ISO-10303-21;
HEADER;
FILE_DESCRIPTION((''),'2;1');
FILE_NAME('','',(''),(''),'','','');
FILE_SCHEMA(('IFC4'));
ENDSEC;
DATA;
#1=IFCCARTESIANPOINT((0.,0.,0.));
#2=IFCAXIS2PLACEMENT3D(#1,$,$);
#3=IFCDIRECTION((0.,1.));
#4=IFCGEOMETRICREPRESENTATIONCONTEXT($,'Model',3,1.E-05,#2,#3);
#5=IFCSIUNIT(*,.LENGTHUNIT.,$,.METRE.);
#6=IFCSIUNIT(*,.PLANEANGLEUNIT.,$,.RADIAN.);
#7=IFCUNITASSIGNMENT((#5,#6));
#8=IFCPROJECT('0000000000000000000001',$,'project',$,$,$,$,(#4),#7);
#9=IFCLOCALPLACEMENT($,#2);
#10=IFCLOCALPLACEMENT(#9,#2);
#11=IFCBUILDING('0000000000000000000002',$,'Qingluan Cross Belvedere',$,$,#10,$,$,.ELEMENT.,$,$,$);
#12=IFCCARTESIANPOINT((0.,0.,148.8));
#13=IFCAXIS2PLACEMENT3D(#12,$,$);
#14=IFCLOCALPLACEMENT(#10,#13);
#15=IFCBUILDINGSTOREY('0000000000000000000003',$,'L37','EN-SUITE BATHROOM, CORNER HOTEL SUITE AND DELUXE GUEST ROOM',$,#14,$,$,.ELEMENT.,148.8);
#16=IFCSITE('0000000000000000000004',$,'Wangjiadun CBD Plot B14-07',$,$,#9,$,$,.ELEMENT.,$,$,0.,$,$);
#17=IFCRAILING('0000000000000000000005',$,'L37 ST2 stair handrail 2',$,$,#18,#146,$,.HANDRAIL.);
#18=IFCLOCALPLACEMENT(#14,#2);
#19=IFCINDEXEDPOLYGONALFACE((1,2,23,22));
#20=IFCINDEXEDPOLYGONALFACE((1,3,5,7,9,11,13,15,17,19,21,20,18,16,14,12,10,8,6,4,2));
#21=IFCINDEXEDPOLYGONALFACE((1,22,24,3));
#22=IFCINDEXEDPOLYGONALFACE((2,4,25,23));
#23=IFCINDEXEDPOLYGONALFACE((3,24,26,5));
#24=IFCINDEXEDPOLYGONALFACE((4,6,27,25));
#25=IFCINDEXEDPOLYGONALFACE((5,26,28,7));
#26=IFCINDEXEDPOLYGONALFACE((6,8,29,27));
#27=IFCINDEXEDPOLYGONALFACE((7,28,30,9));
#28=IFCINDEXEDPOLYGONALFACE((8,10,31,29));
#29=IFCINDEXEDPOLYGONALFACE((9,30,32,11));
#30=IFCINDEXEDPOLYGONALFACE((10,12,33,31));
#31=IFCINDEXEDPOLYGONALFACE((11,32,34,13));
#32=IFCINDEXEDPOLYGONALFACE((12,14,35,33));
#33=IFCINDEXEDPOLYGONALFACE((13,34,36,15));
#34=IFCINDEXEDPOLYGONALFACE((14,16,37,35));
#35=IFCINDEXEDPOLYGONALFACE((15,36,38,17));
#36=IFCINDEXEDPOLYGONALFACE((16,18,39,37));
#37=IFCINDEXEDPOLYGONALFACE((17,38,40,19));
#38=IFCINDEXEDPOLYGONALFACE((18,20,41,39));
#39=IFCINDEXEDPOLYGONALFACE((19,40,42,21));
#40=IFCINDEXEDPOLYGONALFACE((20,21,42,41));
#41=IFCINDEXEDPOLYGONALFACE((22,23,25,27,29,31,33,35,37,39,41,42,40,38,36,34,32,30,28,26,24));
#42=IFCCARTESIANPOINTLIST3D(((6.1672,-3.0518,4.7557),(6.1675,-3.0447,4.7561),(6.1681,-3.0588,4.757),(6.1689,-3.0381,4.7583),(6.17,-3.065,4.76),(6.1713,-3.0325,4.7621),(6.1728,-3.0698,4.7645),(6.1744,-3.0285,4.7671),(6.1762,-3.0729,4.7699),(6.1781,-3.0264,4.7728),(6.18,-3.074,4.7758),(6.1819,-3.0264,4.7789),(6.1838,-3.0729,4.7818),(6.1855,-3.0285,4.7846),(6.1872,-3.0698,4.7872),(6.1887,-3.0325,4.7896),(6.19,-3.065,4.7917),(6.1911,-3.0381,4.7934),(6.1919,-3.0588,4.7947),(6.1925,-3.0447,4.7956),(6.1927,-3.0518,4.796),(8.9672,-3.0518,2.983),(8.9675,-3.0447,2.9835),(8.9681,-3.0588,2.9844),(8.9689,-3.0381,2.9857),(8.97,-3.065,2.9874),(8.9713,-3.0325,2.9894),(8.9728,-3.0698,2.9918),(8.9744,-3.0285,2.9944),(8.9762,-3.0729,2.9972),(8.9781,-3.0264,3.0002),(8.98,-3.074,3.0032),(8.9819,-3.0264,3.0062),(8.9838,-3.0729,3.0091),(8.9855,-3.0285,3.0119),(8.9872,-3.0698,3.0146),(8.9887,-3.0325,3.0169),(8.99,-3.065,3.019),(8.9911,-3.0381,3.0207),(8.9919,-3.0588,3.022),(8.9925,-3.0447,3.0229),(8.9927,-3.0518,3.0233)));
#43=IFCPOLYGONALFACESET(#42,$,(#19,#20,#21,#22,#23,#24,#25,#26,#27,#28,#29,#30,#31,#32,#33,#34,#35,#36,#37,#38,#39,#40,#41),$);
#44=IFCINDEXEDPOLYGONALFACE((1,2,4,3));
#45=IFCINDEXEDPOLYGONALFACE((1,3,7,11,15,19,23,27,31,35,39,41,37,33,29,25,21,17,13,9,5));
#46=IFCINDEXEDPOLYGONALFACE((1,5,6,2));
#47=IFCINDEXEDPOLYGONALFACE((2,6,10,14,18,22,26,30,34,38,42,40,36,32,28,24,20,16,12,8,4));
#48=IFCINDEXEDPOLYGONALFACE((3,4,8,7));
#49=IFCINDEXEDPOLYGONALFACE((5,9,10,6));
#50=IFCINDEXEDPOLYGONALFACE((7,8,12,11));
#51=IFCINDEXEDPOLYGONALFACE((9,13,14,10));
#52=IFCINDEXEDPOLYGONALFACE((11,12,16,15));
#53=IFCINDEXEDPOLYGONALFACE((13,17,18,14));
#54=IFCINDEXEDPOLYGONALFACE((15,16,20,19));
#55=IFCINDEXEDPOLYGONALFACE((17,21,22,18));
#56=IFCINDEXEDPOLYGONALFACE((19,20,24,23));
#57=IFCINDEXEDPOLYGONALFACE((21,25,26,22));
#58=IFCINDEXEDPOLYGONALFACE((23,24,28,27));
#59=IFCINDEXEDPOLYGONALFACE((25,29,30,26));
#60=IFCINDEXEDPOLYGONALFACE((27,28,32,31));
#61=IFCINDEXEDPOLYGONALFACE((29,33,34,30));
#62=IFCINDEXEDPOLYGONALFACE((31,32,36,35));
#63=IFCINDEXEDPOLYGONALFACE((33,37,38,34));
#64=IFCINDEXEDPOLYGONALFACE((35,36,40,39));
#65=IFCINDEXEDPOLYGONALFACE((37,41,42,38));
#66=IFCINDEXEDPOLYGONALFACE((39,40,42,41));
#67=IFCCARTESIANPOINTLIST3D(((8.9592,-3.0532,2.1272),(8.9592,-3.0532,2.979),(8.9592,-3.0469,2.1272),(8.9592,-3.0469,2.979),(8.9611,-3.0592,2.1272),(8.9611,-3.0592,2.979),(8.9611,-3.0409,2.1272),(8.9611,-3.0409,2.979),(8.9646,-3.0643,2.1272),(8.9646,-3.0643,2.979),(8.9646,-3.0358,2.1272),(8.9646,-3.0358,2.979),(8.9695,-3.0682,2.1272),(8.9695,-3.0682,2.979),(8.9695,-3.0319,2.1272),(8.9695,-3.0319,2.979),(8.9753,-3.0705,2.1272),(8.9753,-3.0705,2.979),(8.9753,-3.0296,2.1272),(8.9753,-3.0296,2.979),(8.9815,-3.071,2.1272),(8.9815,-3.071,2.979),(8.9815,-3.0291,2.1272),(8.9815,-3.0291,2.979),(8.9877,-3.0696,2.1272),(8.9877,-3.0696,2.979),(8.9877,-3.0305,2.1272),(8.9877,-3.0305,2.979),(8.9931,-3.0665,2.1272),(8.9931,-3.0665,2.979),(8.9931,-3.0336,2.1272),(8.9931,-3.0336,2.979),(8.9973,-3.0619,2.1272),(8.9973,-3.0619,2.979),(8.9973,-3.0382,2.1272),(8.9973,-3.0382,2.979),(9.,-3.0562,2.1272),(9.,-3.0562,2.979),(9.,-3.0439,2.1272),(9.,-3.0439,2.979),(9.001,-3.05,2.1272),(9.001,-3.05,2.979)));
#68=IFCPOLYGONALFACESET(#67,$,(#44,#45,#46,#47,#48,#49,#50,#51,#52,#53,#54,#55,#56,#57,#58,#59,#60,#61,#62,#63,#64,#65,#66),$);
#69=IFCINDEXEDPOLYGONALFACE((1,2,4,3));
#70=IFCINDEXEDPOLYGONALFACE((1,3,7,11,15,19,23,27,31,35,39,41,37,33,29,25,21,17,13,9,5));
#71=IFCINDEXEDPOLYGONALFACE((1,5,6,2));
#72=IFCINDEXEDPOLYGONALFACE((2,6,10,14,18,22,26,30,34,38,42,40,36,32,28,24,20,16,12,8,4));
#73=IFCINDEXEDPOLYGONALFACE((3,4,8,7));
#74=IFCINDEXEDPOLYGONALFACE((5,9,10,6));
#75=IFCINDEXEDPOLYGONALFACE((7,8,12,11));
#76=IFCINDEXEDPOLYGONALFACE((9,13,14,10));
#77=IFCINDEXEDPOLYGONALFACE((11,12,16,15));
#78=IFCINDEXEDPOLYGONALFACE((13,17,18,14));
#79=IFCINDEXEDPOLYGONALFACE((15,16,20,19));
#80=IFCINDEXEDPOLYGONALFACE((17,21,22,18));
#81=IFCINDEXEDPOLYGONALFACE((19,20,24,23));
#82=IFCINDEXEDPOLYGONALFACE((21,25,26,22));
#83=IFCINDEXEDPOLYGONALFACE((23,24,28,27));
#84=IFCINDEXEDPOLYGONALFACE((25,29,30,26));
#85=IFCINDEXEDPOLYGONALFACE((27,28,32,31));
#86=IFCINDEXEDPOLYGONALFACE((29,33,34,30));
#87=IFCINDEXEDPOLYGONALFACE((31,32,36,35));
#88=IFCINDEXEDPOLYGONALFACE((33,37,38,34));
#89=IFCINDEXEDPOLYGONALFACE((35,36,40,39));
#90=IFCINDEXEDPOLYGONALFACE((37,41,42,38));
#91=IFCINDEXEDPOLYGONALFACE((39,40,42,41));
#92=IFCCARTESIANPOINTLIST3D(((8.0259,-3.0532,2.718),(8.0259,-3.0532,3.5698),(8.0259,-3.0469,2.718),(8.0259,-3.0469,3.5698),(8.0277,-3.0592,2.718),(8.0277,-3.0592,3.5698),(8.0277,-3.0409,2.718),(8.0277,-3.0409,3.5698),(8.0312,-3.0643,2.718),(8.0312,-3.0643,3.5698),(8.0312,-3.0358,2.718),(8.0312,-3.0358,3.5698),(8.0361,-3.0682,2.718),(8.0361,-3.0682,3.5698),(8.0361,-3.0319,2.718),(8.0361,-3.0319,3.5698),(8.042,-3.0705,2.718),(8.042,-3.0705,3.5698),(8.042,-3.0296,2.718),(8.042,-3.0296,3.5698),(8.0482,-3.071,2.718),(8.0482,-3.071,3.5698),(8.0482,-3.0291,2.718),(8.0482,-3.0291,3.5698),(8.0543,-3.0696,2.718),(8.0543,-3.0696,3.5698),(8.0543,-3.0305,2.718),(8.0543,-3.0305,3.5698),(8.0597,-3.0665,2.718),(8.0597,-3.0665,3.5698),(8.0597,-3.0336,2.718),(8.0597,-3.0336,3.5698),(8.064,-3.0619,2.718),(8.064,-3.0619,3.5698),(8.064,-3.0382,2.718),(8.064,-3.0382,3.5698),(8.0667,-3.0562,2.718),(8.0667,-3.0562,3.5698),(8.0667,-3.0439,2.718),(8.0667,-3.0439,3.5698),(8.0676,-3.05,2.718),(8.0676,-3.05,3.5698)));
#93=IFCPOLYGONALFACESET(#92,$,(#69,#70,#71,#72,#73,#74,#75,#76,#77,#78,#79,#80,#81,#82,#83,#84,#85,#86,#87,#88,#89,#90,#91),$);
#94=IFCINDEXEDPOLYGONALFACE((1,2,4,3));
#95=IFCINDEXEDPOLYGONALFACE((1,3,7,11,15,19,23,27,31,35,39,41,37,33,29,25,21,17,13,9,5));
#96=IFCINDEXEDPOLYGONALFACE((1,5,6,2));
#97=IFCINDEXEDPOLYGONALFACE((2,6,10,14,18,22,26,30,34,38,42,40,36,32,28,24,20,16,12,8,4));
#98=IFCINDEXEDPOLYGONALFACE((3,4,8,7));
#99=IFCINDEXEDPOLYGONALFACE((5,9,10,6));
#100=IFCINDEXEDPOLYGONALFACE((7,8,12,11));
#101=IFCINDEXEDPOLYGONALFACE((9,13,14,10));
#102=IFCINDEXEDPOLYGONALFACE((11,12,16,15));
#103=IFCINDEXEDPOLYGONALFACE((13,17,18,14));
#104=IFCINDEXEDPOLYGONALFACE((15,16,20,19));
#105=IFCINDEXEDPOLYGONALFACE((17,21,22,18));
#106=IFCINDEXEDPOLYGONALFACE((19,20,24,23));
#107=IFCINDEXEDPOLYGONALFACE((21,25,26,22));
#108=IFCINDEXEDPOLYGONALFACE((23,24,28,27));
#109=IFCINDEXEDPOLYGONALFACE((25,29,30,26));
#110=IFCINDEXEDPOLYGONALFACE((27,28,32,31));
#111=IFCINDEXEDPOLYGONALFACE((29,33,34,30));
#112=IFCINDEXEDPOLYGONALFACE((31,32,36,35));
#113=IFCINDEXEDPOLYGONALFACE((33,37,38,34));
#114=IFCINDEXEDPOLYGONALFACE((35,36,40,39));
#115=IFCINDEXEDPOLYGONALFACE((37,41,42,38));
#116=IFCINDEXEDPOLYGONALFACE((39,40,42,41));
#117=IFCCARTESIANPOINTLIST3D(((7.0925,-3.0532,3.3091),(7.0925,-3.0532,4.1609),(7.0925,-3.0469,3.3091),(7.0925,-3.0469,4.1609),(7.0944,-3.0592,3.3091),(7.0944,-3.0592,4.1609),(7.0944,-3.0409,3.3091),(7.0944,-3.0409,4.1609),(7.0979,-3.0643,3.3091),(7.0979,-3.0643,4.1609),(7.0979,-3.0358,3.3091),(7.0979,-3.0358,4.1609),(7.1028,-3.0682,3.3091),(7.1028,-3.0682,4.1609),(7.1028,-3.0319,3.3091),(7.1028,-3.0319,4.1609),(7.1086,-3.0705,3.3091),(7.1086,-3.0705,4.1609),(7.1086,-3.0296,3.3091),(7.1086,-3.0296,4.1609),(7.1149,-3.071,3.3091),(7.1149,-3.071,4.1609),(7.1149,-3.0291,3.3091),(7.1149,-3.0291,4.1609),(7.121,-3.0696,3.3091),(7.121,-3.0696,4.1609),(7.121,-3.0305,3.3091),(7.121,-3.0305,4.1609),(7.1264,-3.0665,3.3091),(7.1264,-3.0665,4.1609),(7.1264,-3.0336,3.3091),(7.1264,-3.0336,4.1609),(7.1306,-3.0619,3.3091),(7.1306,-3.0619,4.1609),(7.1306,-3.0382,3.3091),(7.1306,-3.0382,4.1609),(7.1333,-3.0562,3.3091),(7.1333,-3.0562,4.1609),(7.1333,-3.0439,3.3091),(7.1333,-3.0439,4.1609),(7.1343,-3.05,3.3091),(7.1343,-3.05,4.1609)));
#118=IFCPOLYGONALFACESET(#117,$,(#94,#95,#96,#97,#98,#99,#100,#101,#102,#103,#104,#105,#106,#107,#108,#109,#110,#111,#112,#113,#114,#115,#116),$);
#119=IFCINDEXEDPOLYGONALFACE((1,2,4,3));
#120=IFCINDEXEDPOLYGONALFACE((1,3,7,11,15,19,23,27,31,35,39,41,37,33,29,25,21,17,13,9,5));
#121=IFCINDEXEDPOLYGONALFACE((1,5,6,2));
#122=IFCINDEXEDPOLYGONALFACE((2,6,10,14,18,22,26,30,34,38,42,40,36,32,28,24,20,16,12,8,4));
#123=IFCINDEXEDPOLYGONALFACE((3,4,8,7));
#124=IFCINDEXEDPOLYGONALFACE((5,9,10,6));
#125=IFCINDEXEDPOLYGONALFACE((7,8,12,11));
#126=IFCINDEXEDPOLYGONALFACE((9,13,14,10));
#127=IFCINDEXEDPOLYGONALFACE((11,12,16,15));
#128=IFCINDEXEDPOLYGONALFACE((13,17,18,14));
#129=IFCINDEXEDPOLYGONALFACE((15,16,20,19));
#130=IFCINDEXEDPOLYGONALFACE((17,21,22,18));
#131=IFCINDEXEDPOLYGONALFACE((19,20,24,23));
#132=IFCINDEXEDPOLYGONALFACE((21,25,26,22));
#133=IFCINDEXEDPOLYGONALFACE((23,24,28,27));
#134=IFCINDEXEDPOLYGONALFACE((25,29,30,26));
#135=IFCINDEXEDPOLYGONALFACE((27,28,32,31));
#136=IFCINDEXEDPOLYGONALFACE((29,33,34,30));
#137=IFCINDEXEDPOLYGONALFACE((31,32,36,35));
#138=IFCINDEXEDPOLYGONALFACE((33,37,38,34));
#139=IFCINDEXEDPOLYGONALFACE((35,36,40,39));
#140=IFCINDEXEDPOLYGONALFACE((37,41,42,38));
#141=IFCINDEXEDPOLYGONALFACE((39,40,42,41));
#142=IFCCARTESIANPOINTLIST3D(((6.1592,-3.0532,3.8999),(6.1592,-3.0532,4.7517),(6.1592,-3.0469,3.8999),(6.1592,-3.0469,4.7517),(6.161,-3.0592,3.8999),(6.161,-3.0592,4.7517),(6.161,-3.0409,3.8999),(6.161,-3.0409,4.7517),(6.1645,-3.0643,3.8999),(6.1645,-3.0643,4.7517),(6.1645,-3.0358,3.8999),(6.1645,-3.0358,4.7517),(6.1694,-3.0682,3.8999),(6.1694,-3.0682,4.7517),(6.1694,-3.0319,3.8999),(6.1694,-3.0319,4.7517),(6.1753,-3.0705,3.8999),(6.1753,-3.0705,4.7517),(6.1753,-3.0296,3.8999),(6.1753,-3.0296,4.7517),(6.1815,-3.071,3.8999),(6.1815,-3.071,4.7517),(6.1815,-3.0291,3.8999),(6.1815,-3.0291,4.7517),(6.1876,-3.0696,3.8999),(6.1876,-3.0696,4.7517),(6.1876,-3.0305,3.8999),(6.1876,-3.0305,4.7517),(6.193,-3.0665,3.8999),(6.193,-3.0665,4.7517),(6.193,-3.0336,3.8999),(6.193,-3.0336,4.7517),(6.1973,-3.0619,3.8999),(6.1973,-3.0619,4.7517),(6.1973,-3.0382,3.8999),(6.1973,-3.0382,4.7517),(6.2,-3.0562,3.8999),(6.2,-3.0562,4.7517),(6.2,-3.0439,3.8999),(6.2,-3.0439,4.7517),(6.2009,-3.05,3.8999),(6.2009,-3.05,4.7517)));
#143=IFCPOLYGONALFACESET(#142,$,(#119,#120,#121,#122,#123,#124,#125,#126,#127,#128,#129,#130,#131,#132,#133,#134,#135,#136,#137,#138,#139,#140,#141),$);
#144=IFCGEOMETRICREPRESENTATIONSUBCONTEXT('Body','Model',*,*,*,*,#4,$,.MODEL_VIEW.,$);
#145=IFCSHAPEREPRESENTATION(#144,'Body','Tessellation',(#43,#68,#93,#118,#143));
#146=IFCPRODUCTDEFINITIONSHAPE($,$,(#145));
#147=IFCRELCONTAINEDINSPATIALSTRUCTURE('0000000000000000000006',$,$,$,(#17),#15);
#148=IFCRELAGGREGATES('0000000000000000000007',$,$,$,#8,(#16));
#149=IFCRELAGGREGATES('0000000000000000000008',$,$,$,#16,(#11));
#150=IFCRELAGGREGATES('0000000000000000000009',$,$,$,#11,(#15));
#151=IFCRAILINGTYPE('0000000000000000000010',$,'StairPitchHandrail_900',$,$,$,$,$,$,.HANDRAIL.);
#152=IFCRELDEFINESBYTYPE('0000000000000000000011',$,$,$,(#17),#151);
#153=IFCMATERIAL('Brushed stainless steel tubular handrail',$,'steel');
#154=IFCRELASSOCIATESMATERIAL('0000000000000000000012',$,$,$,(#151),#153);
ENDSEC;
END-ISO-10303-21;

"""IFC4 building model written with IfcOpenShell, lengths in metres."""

from ifc_helpers import new_model, si_unit, direction, frame, origin, origin_2d, place, context, subcontext, project, spatial, circle, extrude, material, type_object, element, save


model = new_model("IFC4")

# Units and contexts
model_context = context("Model", 3, precision=1e-05, world=origin(), true_north=direction((0.0, 1.0)))
body_context = subcontext(model_context, "Body", "Model", "MODEL_VIEW")
ifc_project = project(units=[si_unit("LENGTHUNIT", "METRE"), si_unit("PLANEANGLEUNIT", "RADIAN")], contexts=[model_context])

# Site, building, storey
site_placement = place(None, origin())
site = spatial("IfcSite", under=ifc_project, at=site_placement, Name="Wangjiadun CBD Plot B14-07", CompositionType="ELEMENT", RefElevation=0.0)
building_placement = place(site_placement, origin())
building = spatial("IfcBuilding", under=site, at=building_placement, Name="Qingluan Cross Belvedere", CompositionType="ELEMENT")
storey_placement = place(building_placement, frame((0.0, 0.0, 148.8)))
storey = spatial("IfcBuildingStorey", under=building, at=storey_placement, Name="L37", Description="EN-SUITE BATHROOM, CORNER HOTEL SUITE AND DELUXE GUEST ROOM", CompositionType="ELEMENT", Elevation=148.8)

# Railing
ifc_material_1 = material(Name="Brushed stainless steel tubular handrail", Category="steel")
railing_type_1 = type_object("IfcRailingType", Name="StairPitchHandrail_900", PredefinedType="HANDRAIL", material=ifc_material_1)
railing_1_placement = place(storey_placement, frame((8.98, -3.05, 2.1272)))
element("IfcRailing", 1, at=railing_1_placement, inside=storey, type_object=railing_type_1, Name="L37 ST2 stair handrail 2", PredefinedType="HANDRAIL", context=body_context, shape_type="SweptSolid", body=[
    extrude(circle(Radius=0.0239, at=origin_2d()), frame((0.0, 0.0, 0.876), z_axis=(-0.844909, 0.0, 0.53491), x_axis=(0.0, -1.0, 0.0)), (0.0, 0.0, 1.0), 3.314),
    extrude(circle(Radius=0.021, at=origin_2d()), origin(), (0.0, 0.0, 1.0), 0.8518),
    extrude(circle(Radius=0.021, at=origin_2d()), frame((-0.9333, 0.0, 0.5908)), (0.0, 0.0, 1.0), 0.8518),
    extrude(circle(Radius=0.021, at=origin_2d()), frame((-1.8667, 0.0, 1.1819)), (0.0, 0.0, 1.0), 0.8518),
    extrude(circle(Radius=0.021, at=origin_2d()), frame((-2.8, 0.0, 1.7727)), (0.0, 0.0, 1.0), 0.8518),
])

save(model, "model.ifc")
